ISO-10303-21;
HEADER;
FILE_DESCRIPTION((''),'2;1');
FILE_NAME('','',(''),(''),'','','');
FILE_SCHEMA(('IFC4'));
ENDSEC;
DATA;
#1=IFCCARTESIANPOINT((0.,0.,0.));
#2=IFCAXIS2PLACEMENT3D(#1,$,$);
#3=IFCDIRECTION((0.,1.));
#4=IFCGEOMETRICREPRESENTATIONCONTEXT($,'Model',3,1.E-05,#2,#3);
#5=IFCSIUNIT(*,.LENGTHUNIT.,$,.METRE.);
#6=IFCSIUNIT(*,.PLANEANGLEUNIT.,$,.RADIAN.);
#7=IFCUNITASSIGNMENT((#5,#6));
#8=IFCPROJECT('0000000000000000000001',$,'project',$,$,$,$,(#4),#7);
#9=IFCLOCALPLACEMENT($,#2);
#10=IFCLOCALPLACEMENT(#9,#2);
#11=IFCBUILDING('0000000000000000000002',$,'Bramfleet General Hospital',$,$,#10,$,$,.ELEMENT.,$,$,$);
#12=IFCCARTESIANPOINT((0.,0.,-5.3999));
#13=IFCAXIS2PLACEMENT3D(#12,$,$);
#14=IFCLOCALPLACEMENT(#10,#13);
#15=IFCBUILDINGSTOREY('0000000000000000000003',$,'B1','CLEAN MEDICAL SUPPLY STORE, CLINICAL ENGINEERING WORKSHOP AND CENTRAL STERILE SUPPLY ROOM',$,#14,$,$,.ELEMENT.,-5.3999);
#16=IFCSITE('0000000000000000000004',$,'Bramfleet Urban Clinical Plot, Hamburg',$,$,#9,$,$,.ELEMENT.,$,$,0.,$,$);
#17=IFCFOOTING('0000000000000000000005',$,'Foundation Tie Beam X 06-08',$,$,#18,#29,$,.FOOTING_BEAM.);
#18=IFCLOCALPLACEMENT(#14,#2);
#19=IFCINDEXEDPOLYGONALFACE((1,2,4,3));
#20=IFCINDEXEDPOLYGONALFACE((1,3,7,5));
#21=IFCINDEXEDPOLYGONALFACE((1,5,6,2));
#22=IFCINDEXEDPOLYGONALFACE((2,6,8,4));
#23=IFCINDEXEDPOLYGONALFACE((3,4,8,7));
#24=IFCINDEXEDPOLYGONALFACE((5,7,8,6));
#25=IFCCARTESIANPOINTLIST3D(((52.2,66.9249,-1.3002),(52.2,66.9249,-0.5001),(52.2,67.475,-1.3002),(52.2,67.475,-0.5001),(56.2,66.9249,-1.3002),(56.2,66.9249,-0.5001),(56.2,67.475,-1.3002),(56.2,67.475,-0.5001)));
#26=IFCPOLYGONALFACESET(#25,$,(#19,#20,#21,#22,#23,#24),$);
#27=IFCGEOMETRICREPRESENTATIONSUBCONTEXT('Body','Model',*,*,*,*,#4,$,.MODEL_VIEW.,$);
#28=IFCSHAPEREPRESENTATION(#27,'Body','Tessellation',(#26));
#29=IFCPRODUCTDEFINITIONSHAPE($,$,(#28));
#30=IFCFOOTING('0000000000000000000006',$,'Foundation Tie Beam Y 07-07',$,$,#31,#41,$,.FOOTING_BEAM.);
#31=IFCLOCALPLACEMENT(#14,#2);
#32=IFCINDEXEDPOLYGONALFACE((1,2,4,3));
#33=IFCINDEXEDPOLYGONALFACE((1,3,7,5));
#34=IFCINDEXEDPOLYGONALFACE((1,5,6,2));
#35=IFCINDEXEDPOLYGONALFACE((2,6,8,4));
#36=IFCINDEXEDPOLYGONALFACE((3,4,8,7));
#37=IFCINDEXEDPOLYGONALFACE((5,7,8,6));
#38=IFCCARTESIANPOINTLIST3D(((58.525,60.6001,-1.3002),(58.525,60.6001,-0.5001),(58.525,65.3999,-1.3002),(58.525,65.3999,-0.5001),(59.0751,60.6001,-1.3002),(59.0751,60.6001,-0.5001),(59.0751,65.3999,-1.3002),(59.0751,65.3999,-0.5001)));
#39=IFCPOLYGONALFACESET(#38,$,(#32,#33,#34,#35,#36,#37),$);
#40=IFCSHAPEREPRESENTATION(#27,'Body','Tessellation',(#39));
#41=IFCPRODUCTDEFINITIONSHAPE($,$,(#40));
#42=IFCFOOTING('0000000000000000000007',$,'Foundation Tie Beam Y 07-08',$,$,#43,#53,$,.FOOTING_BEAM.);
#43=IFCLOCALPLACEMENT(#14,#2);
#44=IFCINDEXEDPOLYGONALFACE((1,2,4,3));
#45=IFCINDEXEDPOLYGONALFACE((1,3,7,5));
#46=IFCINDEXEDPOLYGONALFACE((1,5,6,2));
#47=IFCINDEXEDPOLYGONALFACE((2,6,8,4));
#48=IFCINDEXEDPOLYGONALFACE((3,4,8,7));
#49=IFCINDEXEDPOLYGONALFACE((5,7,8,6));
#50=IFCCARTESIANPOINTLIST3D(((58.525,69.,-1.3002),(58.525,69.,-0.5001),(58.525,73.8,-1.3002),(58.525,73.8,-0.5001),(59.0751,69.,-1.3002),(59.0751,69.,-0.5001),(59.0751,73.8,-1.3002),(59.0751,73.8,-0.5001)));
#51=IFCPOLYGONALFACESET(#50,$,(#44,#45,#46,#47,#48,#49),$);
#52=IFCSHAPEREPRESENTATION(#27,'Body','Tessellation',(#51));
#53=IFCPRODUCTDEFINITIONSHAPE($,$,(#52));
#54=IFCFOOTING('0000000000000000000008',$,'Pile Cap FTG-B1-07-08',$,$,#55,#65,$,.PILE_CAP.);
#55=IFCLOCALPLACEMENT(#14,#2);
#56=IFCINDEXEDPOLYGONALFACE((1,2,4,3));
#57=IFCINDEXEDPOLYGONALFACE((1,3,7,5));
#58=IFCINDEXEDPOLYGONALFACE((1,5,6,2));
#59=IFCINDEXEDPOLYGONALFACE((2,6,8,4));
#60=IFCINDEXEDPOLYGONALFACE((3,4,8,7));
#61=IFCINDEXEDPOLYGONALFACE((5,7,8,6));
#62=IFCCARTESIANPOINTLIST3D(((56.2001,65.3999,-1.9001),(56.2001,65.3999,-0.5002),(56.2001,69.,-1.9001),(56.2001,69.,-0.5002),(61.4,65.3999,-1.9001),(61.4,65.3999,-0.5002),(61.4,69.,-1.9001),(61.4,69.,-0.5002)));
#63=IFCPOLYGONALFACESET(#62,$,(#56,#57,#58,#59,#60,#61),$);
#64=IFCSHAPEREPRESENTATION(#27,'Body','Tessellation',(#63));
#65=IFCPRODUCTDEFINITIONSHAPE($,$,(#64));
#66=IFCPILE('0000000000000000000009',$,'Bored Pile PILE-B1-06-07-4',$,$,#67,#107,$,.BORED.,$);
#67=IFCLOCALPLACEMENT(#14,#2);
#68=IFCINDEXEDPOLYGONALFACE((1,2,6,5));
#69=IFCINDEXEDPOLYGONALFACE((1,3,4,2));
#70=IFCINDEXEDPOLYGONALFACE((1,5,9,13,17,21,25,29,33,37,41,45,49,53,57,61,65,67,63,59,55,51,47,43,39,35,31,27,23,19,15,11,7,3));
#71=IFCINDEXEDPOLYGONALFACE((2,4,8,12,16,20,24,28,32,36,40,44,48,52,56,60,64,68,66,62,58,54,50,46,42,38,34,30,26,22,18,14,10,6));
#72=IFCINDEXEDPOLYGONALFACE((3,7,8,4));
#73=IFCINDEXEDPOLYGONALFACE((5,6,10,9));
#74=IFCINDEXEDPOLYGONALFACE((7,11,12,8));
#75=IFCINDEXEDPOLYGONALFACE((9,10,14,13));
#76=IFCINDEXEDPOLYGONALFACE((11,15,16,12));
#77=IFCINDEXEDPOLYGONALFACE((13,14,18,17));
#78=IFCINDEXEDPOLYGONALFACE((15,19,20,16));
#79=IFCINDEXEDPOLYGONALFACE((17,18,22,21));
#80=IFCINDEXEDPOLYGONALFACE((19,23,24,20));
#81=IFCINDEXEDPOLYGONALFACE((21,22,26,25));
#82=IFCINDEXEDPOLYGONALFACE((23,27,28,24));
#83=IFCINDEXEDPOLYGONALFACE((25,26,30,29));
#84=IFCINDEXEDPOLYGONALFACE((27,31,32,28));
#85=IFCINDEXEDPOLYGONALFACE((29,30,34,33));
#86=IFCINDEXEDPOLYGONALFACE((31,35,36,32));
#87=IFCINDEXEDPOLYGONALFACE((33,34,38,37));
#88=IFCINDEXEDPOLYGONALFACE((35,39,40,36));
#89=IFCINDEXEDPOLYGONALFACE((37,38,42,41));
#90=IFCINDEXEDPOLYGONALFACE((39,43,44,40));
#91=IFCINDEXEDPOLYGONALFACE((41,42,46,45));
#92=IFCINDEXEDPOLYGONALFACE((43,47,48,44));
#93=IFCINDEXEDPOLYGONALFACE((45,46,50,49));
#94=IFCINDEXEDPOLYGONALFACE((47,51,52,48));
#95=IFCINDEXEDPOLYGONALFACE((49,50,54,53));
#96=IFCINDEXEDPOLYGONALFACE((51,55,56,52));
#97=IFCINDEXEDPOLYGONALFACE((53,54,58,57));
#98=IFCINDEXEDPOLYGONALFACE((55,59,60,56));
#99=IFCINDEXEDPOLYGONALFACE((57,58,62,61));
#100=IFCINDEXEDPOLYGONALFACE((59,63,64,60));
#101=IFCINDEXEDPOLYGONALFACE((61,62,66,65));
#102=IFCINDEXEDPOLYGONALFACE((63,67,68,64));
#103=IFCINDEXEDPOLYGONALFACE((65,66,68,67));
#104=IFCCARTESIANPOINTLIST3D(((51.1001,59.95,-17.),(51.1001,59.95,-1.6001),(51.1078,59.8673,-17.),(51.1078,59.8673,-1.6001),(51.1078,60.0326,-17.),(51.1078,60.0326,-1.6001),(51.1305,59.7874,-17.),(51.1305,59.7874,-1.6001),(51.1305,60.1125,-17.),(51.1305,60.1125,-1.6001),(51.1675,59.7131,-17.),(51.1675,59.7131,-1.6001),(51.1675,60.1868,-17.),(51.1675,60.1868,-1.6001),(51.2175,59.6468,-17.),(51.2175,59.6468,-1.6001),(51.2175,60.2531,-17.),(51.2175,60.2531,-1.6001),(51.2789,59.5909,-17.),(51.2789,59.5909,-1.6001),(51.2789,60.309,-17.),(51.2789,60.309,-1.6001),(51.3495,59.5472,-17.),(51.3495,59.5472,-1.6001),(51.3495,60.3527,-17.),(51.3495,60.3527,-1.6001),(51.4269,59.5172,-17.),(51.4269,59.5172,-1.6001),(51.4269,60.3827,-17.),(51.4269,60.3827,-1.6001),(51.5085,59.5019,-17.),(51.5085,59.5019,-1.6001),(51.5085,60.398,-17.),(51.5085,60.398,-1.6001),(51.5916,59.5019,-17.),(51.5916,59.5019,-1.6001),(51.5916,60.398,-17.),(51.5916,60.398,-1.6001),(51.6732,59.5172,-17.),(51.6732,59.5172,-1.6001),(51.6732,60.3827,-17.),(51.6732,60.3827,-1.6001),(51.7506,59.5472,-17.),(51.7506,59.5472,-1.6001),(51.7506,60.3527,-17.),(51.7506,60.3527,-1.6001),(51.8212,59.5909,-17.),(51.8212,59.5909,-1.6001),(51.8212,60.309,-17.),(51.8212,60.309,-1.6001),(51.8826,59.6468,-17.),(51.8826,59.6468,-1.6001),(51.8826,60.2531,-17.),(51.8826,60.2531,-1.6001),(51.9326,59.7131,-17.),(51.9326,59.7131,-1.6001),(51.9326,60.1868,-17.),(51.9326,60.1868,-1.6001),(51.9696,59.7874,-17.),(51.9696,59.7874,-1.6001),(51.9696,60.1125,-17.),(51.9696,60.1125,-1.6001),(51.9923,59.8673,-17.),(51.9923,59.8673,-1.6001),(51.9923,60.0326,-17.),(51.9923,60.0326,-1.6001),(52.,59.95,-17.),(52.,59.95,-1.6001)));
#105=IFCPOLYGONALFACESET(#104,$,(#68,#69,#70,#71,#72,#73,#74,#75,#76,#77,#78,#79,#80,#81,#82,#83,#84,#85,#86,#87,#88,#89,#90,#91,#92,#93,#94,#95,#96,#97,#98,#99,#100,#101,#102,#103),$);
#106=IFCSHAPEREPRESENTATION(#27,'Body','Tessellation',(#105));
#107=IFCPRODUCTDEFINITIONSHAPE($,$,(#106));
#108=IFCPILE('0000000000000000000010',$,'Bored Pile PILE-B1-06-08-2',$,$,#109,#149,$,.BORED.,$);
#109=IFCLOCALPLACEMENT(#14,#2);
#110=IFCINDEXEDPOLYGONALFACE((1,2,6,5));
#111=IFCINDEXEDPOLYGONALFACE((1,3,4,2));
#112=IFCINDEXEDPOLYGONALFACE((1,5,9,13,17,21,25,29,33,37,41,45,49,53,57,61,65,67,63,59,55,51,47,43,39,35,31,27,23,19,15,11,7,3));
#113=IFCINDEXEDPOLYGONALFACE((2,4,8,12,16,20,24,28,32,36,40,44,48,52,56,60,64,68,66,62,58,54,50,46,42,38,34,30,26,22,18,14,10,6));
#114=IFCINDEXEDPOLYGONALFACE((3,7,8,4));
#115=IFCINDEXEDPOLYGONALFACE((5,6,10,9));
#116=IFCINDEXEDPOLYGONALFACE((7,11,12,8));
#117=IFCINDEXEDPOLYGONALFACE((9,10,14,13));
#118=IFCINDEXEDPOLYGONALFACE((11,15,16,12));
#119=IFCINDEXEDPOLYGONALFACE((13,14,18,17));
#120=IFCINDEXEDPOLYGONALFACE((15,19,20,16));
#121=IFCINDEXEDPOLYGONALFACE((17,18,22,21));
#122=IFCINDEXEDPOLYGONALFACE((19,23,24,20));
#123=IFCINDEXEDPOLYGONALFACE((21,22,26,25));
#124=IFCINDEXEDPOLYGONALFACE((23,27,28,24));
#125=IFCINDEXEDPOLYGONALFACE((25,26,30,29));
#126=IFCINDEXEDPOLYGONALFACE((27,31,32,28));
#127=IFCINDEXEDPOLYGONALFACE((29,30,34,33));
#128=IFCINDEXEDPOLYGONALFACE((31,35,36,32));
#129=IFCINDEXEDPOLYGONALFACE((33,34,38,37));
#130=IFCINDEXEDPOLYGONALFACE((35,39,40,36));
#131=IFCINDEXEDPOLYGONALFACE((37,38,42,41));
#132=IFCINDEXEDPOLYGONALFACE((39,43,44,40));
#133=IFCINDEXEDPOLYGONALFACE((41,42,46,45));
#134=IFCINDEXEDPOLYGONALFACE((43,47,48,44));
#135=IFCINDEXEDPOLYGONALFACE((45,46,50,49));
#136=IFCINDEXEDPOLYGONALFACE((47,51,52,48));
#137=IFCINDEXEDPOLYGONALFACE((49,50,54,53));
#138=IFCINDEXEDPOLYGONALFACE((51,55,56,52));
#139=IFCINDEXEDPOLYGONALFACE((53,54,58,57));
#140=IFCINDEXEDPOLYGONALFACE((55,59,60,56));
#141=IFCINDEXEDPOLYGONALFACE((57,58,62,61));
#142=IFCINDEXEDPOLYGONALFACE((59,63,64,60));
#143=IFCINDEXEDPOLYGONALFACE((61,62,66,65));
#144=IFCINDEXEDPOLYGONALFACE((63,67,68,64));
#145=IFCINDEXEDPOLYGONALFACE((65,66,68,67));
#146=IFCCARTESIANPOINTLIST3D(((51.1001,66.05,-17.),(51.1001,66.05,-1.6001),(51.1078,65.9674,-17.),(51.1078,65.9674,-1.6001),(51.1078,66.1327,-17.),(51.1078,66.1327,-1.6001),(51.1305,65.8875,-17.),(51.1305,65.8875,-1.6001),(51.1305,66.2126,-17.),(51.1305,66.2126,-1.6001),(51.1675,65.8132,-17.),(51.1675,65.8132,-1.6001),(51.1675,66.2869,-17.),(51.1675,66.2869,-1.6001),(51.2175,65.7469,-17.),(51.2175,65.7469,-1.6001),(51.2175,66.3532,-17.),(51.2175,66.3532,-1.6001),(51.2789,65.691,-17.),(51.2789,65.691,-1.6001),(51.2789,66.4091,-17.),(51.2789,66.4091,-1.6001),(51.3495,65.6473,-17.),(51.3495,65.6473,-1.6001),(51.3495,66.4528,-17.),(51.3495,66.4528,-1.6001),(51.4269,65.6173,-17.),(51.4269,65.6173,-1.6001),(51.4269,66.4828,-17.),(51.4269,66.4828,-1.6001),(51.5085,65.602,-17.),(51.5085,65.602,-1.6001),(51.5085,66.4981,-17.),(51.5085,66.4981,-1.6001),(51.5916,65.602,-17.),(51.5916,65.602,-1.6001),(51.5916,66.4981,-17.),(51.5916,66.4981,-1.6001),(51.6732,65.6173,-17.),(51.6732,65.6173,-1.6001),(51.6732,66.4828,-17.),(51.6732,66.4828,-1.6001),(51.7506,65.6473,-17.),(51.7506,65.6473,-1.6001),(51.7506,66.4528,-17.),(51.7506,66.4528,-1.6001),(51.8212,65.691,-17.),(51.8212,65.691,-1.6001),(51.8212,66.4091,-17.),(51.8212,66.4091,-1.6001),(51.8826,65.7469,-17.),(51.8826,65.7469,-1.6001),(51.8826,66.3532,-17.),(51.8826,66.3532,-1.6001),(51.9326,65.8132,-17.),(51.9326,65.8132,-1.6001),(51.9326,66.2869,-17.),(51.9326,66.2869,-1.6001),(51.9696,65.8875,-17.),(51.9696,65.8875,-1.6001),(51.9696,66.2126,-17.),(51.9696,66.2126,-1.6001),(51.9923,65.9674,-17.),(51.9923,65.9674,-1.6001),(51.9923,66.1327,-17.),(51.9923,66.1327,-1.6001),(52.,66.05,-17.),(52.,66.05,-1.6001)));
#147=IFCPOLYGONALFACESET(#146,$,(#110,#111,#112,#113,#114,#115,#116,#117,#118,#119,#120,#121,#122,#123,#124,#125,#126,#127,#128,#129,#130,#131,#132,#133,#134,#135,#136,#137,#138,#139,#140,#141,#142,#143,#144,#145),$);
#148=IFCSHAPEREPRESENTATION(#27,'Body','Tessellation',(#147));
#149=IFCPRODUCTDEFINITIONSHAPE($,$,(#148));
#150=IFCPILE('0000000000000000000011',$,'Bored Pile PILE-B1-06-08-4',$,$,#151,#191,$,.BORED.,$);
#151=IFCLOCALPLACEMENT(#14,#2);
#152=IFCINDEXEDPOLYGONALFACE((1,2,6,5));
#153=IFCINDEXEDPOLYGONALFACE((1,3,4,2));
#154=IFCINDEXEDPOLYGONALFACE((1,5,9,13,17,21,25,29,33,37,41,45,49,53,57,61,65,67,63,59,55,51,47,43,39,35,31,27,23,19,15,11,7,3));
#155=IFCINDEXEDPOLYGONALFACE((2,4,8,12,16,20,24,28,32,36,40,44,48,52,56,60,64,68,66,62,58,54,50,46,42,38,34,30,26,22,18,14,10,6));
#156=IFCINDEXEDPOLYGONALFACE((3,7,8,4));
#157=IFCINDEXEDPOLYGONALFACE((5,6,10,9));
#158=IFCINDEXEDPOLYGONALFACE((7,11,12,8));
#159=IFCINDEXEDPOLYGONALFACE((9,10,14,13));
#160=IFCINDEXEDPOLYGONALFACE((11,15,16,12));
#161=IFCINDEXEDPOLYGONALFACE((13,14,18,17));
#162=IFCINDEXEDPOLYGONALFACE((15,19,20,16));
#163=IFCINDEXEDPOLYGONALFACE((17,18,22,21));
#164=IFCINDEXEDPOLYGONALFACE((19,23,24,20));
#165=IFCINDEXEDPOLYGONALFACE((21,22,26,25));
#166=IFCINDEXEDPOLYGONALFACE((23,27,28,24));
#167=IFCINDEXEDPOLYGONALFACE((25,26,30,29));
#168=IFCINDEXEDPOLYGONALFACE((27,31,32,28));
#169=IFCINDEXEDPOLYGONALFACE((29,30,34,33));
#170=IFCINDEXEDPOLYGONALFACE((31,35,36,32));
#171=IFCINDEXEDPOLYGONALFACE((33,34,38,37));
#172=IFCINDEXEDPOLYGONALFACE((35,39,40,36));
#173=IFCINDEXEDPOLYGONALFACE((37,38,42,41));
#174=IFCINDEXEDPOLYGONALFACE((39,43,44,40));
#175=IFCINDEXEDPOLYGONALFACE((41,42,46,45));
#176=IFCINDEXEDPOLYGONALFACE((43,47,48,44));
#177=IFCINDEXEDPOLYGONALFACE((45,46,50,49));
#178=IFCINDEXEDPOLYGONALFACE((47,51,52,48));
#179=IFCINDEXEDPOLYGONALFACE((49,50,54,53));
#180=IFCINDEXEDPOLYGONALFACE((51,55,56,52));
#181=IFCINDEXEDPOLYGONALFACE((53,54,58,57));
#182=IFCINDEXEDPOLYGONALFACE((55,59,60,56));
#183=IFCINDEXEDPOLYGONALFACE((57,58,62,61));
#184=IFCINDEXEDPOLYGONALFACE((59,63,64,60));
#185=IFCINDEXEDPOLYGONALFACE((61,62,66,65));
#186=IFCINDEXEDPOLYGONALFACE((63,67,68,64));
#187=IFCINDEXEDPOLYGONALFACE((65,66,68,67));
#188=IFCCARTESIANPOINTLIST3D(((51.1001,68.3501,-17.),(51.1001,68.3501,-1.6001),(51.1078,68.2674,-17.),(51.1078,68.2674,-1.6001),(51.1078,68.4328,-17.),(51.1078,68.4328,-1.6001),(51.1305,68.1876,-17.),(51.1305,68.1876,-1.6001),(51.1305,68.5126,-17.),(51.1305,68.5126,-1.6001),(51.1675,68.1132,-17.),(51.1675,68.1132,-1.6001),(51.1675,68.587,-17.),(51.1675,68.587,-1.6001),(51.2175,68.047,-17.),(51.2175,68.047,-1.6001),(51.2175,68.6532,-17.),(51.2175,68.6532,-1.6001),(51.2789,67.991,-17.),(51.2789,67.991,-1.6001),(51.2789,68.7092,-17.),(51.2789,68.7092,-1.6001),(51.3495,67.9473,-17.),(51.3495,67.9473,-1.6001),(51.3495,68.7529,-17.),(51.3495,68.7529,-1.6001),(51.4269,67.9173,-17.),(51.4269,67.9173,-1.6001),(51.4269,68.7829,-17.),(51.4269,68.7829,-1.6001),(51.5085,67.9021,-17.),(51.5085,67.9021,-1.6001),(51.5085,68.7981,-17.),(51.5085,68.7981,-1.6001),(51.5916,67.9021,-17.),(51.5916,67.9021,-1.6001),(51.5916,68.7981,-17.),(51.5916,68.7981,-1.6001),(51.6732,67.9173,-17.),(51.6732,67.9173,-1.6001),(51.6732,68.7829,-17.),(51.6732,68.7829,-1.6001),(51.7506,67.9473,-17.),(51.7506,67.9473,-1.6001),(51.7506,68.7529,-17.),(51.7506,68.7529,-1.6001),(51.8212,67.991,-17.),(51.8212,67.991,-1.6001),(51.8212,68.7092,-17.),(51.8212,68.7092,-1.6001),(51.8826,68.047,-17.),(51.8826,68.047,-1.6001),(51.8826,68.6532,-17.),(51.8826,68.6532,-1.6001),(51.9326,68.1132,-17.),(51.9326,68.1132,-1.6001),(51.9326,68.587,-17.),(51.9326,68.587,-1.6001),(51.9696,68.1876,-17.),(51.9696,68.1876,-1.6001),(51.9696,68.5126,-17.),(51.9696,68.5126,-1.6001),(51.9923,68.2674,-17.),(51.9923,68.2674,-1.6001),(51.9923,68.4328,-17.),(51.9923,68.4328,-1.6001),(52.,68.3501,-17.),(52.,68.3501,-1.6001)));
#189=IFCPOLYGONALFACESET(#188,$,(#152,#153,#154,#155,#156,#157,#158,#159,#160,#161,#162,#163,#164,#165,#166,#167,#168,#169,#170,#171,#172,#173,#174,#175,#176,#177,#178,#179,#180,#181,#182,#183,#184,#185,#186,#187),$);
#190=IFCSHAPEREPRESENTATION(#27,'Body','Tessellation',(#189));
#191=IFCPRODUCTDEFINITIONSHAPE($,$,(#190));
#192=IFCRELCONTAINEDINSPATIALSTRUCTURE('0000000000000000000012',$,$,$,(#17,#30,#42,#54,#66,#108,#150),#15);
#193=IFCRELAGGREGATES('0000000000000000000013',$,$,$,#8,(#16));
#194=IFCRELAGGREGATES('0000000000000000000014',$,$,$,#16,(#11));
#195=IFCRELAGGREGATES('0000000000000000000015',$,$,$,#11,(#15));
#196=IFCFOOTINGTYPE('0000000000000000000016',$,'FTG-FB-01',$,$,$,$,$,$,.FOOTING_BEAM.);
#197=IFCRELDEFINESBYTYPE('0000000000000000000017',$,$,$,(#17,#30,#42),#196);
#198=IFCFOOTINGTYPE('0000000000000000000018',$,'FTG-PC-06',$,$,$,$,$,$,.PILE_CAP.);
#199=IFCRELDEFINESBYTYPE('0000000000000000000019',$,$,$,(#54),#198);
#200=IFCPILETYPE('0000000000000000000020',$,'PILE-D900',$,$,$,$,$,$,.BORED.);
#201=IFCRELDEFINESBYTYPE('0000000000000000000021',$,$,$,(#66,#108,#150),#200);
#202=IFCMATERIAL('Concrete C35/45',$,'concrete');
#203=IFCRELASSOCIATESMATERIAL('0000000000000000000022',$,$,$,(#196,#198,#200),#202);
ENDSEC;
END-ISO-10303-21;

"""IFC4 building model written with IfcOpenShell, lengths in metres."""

from ifc_helpers import new_model, si_unit, direction, frame, origin, origin_2d, place, context, subcontext, project, spatial, rectangle, circle, extrude, material, material_profile, profile_set, type_object, element, save


model = new_model("IFC4")

# Units and contexts
model_context = context("Model", 3, precision=1e-05, world=origin(), true_north=direction((0.0, 1.0)))
body_context = subcontext(model_context, "Body", "Model", "MODEL_VIEW")
ifc_project = project(units=[si_unit("LENGTHUNIT", "METRE"), si_unit("PLANEANGLEUNIT", "RADIAN")], contexts=[model_context])

# Site, building, storey
site_placement = place(None, origin())
site = spatial("IfcSite", under=ifc_project, at=site_placement, Name="Bramfleet Urban Clinical Plot, Hamburg", CompositionType="ELEMENT", RefElevation=0.0)
building_placement = place(site_placement, origin())
building = spatial("IfcBuilding", under=site, at=building_placement, Name="Bramfleet General Hospital", CompositionType="ELEMENT")
storey_placement = place(building_placement, frame((0.0, 0.0, -5.3999)))
storey = spatial("IfcBuildingStorey", under=building, at=storey_placement, Name="B1", Description="CLEAN MEDICAL SUPPLY STORE, CLINICAL ENGINEERING WORKSHOP AND CENTRAL STERILE SUPPLY ROOM", CompositionType="ELEMENT", Elevation=-5.3999)

# Footings
ifc_material_1 = material(Name="Concrete C35/45", Category="concrete")
ifc_material_profile_1 = material_profile(ifc_material_1, rectangle(XDim=0.55, YDim=0.8, at=origin_2d()), Name="RC FB 800x550")
ifc_profile_set_1 = profile_set([ifc_material_profile_1], Name="Concrete C35/45")
footing_type_1 = type_object("IfcFootingType", Name="FTG-FB-01", PredefinedType="FOOTING_BEAM", material=ifc_profile_set_1)
footing_1_placement = place(storey_placement, frame((52.2, 67.2, -0.9001), z_axis=(1.0, 0.0, 0.0), x_axis=(0.0, 1.0, 0.0)))
element("IfcFooting", 1, at=footing_1_placement, inside=storey, type_object=footing_type_1, Name="Foundation Tie Beam X 06-08", PredefinedType="FOOTING_BEAM", context=body_context, shape_type="SweptSolid", body=[
    extrude(rectangle(XDim=0.55, YDim=0.8, at=origin_2d()), origin(), (0.0, 0.0, 1.0), 4.0),
])
footing_2_placement = place(storey_placement, frame((58.8, 60.6001, -0.9001), z_axis=(0.0, 1.0, 0.0), x_axis=(-1.0, 0.0, 0.0)))
element("IfcFooting", 2, at=footing_2_placement, inside=storey, type_object=footing_type_1, Name="Foundation Tie Beam Y 07-07", PredefinedType="FOOTING_BEAM", context=body_context, shape_type="SweptSolid", body=[
    extrude(rectangle(XDim=0.55, YDim=0.8, at=origin_2d()), origin(), (0.0, 0.0, 1.0), 4.7998),
])
footing_3_placement = place(storey_placement, frame((58.8, 69.0, -0.9001), z_axis=(0.0, 1.0, 0.0), x_axis=(-1.0, 0.0, 0.0)))
element("IfcFooting", 3, at=footing_3_placement, inside=storey, type_object=footing_type_1, Name="Foundation Tie Beam Y 07-08", PredefinedType="FOOTING_BEAM", context=body_context, shape_type="SweptSolid", body=[
    extrude(rectangle(XDim=0.55, YDim=0.8, at=origin_2d()), origin(), (0.0, 0.0, 1.0), 4.8),
])
footing_type_2 = type_object("IfcFootingType", Name="FTG-PC-06", PredefinedType="PILE_CAP", material=ifc_material_1)
footing_4_placement = place(storey_placement, frame((58.8, 67.2, -1.9001), z_axis=(0.0, 0.0, 1.0), x_axis=(1.0, 0.0, 0.0)))
element("IfcFooting", 4, at=footing_4_placement, inside=storey, type_object=footing_type_2, Name="Pile Cap FTG-B1-07-08", PredefinedType="PILE_CAP", context=body_context, shape_type="SweptSolid", body=[
    extrude(rectangle(XDim=5.2, YDim=3.6001, at=origin_2d()), origin(), (0.0, 0.0, 1.0), 1.3999),
])

# Piles
ifc_material_profile_2 = material_profile(ifc_material_1, circle(Radius=0.45, at=origin_2d()), Name="PILE BORED D900")
ifc_profile_set_2 = profile_set([ifc_material_profile_2], Name="Concrete C35/45")
pile_type = type_object("IfcPileType", Name="PILE-D900", PredefinedType="BORED", material=ifc_profile_set_2)
for number, where, z_axis, x_axis, name in (
    (5, (51.55, 59.95, -1.6001), (0.0, 0.0, -1.0), (1.0, 0.0, 0.0), "Bored Pile PILE-B1-06-07-4"),
    (6, (51.55, 66.05, -1.6001), (0.0, 0.0, -1.0), (1.0, 0.0, 0.0), "Bored Pile PILE-B1-06-08-2"),
    (7, (51.55, 68.3501, -1.6001), (0.0, 0.0, -1.0), (1.0, 0.0, 0.0), "Bored Pile PILE-B1-06-08-4"),
):
    element("IfcPile", number, at=place(storey_placement, frame(where, z_axis=z_axis, x_axis=x_axis)), inside=storey, type_object=pile_type, Name=name, PredefinedType="BORED", context=body_context, shape_type="SweptSolid", body=[
        extrude(circle(Radius=0.45, at=origin_2d()), origin(), (0.0, 0.0, 1.0), 15.3999),
    ])

save(model, "model.ifc")
